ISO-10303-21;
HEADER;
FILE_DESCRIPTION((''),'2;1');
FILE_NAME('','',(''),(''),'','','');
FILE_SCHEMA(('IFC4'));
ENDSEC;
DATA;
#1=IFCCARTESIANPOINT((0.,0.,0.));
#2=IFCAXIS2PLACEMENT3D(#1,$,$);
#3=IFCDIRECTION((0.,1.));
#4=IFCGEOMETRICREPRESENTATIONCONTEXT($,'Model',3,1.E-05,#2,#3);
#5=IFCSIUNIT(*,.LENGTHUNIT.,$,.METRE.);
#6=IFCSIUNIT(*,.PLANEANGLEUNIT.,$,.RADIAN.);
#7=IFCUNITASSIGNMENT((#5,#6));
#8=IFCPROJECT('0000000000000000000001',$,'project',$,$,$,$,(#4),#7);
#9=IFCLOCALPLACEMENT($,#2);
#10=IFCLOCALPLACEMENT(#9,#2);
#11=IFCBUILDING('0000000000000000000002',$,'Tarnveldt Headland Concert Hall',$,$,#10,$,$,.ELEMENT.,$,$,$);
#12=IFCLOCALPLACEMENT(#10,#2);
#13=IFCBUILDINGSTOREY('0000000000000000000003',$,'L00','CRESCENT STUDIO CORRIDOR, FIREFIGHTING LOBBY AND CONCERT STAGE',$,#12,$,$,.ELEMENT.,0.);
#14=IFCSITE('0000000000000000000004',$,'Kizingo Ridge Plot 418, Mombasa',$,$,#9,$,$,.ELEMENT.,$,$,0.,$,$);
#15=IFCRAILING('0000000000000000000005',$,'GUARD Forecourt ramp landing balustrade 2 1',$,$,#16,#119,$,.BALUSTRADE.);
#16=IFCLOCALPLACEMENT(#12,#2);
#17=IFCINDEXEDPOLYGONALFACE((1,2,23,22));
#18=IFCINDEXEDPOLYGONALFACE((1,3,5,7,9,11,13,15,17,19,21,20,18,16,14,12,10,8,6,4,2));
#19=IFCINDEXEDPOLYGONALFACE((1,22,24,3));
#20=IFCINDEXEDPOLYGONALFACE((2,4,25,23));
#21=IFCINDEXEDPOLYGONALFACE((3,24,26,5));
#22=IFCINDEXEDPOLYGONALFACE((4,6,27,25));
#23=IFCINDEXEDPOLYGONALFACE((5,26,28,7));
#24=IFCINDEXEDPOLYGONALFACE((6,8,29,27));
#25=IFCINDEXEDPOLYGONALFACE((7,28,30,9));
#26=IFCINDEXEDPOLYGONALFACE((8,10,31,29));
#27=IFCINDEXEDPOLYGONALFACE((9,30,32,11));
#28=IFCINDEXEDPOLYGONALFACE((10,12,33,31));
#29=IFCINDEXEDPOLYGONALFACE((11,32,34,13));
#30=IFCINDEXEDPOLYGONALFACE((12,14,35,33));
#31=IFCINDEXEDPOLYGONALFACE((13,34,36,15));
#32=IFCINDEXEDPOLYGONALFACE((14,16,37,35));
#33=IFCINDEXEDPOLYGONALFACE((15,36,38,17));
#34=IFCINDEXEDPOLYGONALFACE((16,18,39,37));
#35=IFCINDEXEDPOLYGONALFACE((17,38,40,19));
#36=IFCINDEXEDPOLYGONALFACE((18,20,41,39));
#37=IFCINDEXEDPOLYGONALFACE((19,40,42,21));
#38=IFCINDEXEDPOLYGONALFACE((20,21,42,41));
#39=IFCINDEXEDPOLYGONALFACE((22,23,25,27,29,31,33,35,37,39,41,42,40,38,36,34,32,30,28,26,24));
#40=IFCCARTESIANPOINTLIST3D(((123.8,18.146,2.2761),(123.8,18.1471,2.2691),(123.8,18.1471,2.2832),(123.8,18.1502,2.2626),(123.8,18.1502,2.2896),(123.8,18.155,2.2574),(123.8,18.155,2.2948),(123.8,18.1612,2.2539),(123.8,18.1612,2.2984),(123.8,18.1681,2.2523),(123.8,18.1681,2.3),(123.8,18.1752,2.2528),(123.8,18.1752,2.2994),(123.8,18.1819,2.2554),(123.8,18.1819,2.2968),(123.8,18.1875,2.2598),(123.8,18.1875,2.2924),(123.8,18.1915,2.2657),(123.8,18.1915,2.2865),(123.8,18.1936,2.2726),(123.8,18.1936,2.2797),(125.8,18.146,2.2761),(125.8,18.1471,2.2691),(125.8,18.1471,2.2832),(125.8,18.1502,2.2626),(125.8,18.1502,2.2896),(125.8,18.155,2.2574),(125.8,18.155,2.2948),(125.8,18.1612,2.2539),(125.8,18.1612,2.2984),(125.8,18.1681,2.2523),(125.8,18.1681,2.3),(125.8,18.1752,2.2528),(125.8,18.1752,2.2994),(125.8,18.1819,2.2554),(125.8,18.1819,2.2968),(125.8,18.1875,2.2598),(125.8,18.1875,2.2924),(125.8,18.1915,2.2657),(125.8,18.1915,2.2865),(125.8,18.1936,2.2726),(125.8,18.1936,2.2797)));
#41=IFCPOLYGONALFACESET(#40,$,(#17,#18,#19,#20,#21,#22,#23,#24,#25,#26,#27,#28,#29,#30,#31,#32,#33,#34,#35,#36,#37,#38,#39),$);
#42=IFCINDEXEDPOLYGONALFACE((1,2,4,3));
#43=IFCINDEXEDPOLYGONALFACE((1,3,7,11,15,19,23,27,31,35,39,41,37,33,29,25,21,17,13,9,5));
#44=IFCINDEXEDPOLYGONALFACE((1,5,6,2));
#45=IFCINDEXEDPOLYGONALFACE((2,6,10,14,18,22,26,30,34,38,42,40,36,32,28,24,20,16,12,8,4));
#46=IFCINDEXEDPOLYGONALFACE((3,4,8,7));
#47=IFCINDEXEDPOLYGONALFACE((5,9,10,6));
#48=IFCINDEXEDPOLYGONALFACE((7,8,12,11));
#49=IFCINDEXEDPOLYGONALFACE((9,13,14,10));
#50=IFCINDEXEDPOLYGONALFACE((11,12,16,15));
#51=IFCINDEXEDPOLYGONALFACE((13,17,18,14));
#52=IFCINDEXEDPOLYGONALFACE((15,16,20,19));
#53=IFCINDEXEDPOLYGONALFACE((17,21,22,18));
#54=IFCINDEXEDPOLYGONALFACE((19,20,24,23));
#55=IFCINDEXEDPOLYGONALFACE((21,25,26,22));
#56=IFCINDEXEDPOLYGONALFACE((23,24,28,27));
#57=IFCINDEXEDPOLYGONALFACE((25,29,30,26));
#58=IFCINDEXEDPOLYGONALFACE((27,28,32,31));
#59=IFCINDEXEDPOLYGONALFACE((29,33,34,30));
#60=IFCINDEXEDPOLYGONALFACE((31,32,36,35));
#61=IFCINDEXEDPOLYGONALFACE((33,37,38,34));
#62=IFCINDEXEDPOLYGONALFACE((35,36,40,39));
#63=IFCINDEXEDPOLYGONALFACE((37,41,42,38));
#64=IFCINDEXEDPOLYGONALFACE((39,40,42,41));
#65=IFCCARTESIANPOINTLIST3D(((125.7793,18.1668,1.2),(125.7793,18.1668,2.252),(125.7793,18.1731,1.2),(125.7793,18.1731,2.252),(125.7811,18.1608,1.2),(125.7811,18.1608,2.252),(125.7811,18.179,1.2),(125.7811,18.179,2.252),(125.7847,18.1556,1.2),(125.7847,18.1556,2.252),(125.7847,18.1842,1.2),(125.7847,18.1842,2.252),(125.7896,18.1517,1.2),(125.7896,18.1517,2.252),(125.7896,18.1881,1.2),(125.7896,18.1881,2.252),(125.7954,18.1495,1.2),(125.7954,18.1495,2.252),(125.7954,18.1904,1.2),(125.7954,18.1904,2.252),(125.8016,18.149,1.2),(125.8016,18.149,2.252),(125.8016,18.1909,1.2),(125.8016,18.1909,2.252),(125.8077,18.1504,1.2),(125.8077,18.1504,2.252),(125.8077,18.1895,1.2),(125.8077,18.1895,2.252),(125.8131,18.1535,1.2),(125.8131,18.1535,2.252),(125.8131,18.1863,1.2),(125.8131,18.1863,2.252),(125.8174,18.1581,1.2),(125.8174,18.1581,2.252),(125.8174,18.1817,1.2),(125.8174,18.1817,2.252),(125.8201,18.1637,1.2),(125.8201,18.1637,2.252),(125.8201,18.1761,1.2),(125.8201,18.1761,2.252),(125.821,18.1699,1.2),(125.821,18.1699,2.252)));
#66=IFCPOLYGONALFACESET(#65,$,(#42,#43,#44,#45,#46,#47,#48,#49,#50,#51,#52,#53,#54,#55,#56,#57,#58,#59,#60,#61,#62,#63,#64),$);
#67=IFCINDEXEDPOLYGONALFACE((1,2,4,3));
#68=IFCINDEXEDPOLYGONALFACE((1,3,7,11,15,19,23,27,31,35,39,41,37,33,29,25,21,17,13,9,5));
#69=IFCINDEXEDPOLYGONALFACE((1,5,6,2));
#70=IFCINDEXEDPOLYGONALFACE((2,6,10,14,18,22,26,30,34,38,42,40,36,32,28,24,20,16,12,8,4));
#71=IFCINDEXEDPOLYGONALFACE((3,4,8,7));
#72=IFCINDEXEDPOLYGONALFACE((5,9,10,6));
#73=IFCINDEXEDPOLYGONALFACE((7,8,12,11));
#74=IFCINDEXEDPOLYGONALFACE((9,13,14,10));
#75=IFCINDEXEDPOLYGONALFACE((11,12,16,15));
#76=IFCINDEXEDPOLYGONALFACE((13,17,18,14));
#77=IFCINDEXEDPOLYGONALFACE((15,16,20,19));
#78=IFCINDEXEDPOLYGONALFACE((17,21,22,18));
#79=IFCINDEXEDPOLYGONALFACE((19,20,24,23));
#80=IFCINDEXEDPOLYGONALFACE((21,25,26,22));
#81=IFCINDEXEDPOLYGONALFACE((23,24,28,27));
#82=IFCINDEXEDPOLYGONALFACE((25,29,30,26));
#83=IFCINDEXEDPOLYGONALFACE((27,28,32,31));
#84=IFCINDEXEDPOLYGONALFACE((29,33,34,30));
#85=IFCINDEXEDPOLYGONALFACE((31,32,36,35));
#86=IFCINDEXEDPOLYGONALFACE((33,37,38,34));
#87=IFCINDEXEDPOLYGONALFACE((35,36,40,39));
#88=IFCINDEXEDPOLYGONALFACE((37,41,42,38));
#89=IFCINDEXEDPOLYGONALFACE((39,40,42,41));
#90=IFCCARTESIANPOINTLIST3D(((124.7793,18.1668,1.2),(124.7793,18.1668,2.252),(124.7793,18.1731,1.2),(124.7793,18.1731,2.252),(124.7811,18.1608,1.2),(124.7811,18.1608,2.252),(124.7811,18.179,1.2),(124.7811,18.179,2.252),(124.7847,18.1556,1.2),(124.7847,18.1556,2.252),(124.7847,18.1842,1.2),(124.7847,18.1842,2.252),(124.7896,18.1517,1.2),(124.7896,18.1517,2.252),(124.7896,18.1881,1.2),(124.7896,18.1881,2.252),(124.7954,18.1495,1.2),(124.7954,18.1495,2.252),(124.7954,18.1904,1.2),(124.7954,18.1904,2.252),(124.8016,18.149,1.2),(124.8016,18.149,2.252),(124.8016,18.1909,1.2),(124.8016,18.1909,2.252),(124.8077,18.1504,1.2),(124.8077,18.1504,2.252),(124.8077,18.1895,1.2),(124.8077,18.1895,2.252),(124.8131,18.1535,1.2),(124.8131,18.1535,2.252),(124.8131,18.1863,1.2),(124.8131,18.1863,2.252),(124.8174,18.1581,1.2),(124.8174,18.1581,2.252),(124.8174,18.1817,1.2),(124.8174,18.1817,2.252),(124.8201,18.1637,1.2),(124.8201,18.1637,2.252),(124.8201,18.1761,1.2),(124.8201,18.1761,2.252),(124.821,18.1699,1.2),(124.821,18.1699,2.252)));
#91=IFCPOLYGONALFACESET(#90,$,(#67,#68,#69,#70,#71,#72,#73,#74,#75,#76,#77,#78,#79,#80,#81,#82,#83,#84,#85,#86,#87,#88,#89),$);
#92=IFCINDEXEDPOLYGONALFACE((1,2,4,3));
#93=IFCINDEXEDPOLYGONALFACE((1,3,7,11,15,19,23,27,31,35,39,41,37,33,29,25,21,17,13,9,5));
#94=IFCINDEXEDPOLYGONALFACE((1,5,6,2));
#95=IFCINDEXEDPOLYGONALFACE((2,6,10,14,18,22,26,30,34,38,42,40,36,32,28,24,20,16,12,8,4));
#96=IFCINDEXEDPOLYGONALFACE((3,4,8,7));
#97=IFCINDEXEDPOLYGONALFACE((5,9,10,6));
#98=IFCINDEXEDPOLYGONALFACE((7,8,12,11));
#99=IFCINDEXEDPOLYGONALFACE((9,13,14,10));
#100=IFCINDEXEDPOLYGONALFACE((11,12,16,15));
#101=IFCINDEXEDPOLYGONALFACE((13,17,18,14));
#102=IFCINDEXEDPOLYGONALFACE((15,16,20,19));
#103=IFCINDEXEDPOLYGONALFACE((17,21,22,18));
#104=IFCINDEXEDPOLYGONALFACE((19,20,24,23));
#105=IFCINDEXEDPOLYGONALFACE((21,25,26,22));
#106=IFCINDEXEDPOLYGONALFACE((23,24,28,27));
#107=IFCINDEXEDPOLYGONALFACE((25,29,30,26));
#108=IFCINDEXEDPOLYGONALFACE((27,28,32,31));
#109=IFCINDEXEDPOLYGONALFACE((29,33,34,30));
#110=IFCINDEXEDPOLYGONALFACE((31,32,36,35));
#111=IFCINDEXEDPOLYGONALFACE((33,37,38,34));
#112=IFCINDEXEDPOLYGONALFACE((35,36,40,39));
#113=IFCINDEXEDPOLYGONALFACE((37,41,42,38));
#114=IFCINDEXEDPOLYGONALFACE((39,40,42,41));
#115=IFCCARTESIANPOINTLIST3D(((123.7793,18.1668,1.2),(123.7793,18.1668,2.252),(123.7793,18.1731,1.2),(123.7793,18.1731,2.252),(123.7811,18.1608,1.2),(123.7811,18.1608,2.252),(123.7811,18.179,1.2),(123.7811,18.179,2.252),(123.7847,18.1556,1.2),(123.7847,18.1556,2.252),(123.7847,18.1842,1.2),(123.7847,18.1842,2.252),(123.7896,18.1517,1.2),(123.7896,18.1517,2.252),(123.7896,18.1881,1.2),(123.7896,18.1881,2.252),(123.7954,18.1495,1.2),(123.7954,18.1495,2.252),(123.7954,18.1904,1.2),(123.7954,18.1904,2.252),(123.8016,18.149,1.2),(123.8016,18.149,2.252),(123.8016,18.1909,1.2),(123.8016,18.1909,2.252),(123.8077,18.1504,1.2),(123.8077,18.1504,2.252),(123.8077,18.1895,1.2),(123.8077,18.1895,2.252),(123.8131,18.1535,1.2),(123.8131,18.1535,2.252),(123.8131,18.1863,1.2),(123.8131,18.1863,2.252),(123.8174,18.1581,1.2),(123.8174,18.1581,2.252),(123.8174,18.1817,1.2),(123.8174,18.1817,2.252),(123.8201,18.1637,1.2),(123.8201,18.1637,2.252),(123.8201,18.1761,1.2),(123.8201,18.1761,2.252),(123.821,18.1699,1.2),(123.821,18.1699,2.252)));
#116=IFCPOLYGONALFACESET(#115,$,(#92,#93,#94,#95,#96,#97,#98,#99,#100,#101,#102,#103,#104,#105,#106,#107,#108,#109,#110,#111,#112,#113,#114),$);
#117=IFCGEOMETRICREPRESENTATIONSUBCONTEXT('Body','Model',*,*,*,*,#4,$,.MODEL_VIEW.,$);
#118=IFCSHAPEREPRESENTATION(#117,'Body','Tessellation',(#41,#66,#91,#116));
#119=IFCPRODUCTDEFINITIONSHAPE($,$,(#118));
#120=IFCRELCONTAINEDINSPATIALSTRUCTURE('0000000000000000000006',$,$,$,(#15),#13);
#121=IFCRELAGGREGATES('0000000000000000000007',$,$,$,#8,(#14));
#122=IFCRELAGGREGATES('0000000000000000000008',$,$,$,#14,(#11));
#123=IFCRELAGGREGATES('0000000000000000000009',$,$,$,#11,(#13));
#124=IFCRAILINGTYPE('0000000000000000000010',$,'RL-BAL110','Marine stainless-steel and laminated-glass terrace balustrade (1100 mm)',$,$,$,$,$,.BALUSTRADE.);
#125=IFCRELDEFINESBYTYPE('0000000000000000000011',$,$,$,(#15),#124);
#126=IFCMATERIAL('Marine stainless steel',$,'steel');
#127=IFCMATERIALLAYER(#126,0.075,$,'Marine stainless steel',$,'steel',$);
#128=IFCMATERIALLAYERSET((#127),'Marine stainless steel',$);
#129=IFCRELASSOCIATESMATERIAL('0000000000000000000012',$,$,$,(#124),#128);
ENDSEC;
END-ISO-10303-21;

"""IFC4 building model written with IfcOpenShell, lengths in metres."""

from ifc_helpers import new_model, si_unit, direction, frame, origin, origin_2d, place, context, subcontext, project, spatial, circle, extrude, material, layer, layer_set, type_object, element, save


model = new_model("IFC4")

# Units and contexts
model_context = context("Model", 3, precision=1e-05, world=origin(), true_north=direction((0.0, 1.0)))
body_context = subcontext(model_context, "Body", "Model", "MODEL_VIEW")
ifc_project = project(units=[si_unit("LENGTHUNIT", "METRE"), si_unit("PLANEANGLEUNIT", "RADIAN")], contexts=[model_context])

# Site, building, storey
site_placement = place(None, origin())
site = spatial("IfcSite", under=ifc_project, at=site_placement, Name="Kizingo Ridge Plot 418, Mombasa", CompositionType="ELEMENT", RefElevation=0.0)
building_placement = place(site_placement, origin())
building = spatial("IfcBuilding", under=site, at=building_placement, Name="Tarnveldt Headland Concert Hall", CompositionType="ELEMENT")
storey_placement = place(building_placement, origin())
storey = spatial("IfcBuildingStorey", under=building, at=storey_placement, Name="L00", Description="CRESCENT STUDIO CORRIDOR, FIREFIGHTING LOBBY AND CONCERT STAGE", CompositionType="ELEMENT", Elevation=0.0)

# Railing
ifc_material_1 = material(Name="Marine stainless steel", Category="steel")
ifc_layer_1 = layer(ifc_material_1, 0.075, Name="Marine stainless steel", Category="steel")
ifc_layer_set_1 = layer_set([ifc_layer_1], Name="Marine stainless steel")
railing_type = type_object("IfcRailingType", Name="RL-BAL110", Description="Marine stainless-steel and laminated-glass terrace balustrade (1100 mm)", PredefinedType="BALUSTRADE", material=ifc_layer_set_1)
railing_1_placement = place(storey_placement, frame((125.8, 18.1699, 1.2)))
element("IfcRailing", 1, at=railing_1_placement, inside=storey, type_object=railing_type, Name="GUARD Forecourt ramp landing balustrade 2 1", PredefinedType="BALUSTRADE", context=body_context, shape_type="SweptSolid", body=[
    extrude(circle(Radius=0.0239, at=origin_2d()), frame((0.0, 0.0, 1.0762), z_axis=(-1.0, 0.0, 0.0), x_axis=(0.0, -1.0, 0.0)), (0.0, 0.0, 1.0), 2.0),
    extrude(circle(Radius=0.021, at=origin_2d()), origin(), (0.0, 0.0, 1.0), 1.052),
    extrude(circle(Radius=0.021, at=origin_2d()), frame((-1.0, 0.0, 0.0)), (0.0, 0.0, 1.0), 1.052),
    extrude(circle(Radius=0.021, at=origin_2d()), frame((-2.0, 0.0, 0.0)), (0.0, 0.0, 1.0), 1.052),
])

save(model, "model.ifc")
